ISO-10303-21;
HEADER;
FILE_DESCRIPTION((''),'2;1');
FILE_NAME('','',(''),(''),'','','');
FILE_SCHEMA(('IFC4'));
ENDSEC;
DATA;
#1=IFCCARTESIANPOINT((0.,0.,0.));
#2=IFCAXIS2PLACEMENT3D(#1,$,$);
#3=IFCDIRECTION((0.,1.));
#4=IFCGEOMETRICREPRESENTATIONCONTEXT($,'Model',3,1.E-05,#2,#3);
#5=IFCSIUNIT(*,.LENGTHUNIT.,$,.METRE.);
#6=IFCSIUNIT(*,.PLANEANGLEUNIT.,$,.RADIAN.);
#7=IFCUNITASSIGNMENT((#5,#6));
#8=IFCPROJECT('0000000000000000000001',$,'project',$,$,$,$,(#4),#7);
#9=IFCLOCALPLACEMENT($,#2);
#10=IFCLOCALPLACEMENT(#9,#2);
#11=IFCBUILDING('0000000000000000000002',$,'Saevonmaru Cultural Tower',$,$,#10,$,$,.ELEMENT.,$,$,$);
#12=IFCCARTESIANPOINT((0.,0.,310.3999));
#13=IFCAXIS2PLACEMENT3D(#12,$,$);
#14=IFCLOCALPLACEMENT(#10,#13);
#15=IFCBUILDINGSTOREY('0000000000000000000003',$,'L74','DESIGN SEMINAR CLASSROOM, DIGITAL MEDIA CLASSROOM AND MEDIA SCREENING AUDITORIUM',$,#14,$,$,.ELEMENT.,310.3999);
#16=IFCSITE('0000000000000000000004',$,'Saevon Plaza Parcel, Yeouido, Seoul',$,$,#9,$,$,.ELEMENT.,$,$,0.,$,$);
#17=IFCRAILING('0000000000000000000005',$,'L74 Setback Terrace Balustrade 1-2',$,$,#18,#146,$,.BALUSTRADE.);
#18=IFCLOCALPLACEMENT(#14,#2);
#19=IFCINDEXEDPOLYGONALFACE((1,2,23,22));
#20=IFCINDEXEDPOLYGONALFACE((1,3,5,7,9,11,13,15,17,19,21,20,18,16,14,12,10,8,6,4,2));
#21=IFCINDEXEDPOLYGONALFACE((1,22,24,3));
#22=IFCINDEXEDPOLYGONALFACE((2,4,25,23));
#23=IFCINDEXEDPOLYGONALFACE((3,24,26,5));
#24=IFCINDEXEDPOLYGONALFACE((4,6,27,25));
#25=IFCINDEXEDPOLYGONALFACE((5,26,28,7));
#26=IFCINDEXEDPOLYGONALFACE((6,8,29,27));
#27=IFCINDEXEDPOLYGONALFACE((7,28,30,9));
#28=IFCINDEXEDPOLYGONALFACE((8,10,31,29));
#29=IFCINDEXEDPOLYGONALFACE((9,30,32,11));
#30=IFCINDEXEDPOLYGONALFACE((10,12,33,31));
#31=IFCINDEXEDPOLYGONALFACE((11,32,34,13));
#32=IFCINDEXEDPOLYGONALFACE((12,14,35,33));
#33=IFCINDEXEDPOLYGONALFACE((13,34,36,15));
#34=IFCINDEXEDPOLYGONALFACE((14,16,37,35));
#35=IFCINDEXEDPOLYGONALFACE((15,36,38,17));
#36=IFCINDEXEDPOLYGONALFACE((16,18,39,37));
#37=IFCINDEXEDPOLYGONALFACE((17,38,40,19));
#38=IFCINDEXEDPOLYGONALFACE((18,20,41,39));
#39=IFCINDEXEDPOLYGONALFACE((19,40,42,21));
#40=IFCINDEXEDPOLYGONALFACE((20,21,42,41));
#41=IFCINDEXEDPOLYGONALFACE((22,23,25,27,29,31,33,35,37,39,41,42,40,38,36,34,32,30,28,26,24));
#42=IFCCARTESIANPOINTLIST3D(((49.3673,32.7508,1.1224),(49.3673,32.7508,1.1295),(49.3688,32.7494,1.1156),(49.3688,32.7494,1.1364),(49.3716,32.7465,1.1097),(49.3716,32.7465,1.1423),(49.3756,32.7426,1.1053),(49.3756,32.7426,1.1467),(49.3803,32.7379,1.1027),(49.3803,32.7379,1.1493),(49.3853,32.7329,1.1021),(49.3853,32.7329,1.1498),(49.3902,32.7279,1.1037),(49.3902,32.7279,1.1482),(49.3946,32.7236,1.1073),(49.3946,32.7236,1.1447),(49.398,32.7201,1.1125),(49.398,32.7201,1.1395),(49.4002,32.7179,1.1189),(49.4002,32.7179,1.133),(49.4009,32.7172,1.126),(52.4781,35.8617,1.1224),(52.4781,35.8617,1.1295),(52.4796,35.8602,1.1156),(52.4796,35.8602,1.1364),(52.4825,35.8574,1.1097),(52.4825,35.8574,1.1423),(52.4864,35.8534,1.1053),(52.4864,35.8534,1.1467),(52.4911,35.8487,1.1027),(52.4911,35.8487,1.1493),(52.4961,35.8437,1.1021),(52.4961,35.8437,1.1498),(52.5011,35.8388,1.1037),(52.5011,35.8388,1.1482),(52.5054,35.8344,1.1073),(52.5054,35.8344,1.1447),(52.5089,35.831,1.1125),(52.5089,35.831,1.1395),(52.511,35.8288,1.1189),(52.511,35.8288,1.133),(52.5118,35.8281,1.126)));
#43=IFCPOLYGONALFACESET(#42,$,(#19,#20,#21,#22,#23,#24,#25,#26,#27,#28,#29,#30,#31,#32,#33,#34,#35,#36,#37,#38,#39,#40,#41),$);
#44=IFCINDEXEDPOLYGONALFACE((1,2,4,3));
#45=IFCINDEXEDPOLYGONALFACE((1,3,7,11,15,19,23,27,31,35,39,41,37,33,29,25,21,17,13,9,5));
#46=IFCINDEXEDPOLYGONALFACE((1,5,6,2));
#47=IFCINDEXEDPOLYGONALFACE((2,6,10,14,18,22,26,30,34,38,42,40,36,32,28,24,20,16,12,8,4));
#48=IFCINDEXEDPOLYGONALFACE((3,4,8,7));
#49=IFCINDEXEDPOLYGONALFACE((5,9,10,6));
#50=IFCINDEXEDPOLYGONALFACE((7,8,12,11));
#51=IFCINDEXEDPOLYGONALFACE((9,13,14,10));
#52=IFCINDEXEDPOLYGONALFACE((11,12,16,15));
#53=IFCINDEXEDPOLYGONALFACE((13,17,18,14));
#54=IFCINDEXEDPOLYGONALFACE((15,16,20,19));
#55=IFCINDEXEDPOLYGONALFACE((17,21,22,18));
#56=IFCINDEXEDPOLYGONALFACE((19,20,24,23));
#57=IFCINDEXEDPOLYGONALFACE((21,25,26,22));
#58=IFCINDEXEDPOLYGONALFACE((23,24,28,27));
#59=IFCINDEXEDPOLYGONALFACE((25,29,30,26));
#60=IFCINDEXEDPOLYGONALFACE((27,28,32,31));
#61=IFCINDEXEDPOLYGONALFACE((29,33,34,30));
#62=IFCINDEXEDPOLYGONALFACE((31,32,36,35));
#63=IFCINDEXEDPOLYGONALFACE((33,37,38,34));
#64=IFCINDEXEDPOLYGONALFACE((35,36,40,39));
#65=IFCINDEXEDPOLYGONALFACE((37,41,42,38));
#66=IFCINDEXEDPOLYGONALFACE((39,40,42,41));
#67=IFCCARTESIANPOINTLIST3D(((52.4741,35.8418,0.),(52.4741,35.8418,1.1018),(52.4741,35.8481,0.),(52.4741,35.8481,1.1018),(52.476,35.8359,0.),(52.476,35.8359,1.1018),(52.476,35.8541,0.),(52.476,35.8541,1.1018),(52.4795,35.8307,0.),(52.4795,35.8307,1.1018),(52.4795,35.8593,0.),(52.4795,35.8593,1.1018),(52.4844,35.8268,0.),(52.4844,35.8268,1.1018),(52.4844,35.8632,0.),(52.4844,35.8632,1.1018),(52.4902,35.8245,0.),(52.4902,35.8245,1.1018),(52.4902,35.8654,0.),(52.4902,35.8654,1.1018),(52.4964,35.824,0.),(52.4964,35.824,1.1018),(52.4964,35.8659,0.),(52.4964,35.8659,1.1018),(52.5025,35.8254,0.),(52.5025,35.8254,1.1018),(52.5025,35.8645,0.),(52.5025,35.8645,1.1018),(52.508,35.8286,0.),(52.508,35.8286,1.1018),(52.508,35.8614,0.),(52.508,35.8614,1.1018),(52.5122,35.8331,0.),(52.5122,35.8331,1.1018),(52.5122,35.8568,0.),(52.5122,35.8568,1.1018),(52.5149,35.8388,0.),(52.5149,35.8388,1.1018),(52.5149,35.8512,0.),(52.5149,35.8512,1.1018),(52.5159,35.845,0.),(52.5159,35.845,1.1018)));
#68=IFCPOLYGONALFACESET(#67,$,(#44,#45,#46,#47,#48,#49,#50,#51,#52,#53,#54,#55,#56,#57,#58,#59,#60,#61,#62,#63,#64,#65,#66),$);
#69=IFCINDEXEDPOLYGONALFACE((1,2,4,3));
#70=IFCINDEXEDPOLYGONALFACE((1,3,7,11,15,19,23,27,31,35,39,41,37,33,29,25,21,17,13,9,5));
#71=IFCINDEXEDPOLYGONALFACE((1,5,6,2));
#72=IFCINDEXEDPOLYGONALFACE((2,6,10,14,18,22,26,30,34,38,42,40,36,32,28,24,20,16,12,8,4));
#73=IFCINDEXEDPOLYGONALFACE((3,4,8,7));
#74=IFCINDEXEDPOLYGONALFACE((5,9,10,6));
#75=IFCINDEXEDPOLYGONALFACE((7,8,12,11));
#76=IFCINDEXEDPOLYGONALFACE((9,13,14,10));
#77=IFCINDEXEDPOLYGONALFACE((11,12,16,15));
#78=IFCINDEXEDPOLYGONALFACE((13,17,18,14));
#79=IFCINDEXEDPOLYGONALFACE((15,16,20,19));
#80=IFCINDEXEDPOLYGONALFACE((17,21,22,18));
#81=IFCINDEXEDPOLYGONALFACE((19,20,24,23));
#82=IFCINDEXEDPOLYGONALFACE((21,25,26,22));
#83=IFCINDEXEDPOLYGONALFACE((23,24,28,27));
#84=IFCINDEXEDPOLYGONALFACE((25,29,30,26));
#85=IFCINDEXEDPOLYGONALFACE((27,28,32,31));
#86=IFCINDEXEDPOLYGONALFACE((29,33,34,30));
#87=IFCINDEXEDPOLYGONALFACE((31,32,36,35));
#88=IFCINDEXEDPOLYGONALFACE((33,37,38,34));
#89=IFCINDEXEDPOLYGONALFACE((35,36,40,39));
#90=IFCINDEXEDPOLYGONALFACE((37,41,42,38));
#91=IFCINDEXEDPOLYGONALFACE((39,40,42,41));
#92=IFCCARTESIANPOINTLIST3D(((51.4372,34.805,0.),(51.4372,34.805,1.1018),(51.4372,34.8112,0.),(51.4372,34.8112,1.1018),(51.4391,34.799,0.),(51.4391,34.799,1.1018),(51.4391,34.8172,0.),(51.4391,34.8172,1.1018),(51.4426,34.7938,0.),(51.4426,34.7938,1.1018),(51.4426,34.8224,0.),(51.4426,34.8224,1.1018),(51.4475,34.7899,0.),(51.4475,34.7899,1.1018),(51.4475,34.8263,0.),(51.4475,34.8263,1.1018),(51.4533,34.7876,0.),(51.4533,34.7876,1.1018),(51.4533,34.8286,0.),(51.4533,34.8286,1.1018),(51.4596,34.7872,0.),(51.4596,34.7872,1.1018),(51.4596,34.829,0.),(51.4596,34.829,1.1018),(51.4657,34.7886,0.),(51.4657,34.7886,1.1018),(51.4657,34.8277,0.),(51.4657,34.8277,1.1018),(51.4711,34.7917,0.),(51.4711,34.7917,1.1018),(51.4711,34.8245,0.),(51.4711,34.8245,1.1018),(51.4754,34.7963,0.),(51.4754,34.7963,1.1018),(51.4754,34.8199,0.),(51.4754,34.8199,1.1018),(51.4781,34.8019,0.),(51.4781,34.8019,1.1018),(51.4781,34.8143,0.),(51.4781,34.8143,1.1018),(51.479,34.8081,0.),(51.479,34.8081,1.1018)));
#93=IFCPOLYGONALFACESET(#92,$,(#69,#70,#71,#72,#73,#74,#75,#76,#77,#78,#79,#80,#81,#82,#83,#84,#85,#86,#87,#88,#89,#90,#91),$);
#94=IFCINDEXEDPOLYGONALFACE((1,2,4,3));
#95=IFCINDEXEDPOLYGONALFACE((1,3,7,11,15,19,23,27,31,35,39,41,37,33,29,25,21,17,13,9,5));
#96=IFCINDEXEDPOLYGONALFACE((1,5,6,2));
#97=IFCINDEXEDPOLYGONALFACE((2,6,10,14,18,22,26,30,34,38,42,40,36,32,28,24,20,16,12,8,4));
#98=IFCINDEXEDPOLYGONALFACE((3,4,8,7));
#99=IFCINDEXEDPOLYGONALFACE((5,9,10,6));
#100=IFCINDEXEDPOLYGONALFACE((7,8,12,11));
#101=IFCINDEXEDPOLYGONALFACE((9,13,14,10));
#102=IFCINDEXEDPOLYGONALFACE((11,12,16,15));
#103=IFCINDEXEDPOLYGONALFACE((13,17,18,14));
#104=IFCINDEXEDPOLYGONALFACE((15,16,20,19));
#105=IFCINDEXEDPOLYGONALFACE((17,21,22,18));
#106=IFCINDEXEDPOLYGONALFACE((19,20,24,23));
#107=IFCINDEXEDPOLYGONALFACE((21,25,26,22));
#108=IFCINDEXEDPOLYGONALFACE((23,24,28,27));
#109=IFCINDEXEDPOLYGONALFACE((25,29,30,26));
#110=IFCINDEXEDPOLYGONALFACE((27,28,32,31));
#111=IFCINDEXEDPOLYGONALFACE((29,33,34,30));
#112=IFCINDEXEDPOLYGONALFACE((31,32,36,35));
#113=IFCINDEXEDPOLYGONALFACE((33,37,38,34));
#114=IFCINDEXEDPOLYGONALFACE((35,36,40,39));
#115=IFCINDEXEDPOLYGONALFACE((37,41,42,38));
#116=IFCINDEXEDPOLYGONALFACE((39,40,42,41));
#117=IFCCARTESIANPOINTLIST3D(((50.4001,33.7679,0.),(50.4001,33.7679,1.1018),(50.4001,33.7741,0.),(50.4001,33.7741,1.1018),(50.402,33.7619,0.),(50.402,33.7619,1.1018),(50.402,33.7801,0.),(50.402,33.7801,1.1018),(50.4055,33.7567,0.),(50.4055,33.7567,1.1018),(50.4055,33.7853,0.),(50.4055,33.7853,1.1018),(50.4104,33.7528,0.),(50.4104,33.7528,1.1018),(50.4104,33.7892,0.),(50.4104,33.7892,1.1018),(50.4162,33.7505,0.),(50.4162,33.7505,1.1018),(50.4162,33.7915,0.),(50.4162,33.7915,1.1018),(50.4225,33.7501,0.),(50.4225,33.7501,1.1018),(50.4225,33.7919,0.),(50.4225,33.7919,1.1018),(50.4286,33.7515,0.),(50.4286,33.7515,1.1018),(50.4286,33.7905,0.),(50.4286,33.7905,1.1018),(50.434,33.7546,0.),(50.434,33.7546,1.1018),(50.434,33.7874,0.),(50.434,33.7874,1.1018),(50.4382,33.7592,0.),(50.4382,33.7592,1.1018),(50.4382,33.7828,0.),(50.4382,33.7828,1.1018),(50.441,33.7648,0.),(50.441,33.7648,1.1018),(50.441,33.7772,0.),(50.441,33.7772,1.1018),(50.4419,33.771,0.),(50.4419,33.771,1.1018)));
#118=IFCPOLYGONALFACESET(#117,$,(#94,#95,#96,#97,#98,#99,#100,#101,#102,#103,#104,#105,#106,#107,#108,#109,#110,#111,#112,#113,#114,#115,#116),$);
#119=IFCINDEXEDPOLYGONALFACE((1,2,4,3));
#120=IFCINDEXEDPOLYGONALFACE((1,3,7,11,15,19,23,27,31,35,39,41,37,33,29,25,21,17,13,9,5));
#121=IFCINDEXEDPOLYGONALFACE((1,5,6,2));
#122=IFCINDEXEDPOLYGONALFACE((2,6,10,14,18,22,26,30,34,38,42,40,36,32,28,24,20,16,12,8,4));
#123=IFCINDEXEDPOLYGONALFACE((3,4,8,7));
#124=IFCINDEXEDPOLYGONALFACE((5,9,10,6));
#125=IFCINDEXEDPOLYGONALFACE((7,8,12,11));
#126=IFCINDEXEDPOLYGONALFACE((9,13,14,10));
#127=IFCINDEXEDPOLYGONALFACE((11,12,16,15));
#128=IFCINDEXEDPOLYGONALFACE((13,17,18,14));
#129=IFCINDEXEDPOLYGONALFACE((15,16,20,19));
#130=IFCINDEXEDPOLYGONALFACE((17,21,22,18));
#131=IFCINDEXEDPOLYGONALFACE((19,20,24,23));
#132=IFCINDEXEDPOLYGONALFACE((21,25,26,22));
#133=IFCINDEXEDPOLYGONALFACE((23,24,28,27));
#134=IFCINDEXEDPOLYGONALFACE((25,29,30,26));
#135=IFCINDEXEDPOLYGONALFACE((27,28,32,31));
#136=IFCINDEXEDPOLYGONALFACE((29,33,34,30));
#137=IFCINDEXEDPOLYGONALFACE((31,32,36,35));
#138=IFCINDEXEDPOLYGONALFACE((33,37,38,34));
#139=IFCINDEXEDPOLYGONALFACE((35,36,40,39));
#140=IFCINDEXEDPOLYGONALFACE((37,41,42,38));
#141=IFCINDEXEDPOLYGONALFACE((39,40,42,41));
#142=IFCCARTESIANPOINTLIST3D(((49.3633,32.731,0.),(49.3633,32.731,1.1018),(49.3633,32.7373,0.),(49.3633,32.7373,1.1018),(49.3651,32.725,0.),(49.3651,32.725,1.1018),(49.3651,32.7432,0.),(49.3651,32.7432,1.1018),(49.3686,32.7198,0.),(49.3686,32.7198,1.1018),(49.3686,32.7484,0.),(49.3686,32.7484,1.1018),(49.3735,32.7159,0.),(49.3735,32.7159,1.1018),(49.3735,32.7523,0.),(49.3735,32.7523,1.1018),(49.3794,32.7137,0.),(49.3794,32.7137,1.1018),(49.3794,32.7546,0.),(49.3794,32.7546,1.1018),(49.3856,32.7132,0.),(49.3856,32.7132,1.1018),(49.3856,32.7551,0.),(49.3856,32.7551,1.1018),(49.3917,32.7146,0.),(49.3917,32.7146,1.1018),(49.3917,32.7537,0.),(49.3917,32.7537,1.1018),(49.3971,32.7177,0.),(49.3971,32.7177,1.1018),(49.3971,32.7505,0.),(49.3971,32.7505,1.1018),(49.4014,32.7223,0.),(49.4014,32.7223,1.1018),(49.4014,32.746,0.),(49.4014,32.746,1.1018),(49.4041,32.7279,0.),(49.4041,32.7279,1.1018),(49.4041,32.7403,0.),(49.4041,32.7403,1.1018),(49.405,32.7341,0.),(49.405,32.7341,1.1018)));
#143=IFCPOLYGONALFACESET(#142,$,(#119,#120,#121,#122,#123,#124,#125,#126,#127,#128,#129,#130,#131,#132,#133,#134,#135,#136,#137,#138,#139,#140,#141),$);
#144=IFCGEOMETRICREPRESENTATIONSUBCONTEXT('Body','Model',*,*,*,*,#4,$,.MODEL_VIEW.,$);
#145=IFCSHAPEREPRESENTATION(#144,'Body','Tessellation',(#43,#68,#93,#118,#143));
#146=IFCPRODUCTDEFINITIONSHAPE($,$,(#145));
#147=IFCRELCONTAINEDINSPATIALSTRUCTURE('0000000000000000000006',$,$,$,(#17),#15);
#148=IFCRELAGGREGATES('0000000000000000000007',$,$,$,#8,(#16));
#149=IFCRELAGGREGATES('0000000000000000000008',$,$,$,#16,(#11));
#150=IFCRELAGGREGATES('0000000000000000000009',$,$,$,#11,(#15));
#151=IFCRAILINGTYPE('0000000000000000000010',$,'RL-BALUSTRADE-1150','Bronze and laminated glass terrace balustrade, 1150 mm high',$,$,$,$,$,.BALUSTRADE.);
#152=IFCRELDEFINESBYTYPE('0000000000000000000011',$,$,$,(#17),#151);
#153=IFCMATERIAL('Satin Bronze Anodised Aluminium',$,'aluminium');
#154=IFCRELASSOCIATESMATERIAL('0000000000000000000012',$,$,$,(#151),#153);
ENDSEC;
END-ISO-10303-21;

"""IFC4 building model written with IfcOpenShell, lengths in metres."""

from ifc_helpers import new_model, si_unit, direction, frame, origin, origin_2d, place, context, subcontext, project, spatial, circle, extrude, material, type_object, element, save


model = new_model("IFC4")

# Units and contexts
model_context = context("Model", 3, precision=1e-05, world=origin(), true_north=direction((0.0, 1.0)))
body_context = subcontext(model_context, "Body", "Model", "MODEL_VIEW")
ifc_project = project(units=[si_unit("LENGTHUNIT", "METRE"), si_unit("PLANEANGLEUNIT", "RADIAN")], contexts=[model_context])

# Site, building, storey
site_placement = place(None, origin())
site = spatial("IfcSite", under=ifc_project, at=site_placement, Name="Saevon Plaza Parcel, Yeouido, Seoul", CompositionType="ELEMENT", RefElevation=0.0)
building_placement = place(site_placement, origin())
building = spatial("IfcBuilding", under=site, at=building_placement, Name="Saevonmaru Cultural Tower", CompositionType="ELEMENT")
storey_placement = place(building_placement, frame((0.0, 0.0, 310.3999)))
storey = spatial("IfcBuildingStorey", under=building, at=storey_placement, Name="L74", Description="DESIGN SEMINAR CLASSROOM, DIGITAL MEDIA CLASSROOM AND MEDIA SCREENING AUDITORIUM", CompositionType="ELEMENT", Elevation=310.3999)

# Shared definitions
ifc_material_1 = material(Name="Satin Bronze Anodised Aluminium", Category="aluminium")

# Railing
railing_type_1 = type_object("IfcRailingType", Name="RL-BALUSTRADE-1150", Description="Bronze and laminated glass terrace balustrade, 1150 mm high", PredefinedType="BALUSTRADE", material=ifc_material_1)
railing_1_placement = place(storey_placement, frame((52.4949, 35.845, 0.0)))
element("IfcRailing", 1, at=railing_1_placement, inside=storey, type_object=railing_type_1, Name="L74 Setback Terrace Balustrade 1-2", PredefinedType="BALUSTRADE", context=body_context, shape_type="SweptSolid", body=[
    extrude(circle(Radius=0.0239, at=origin_2d()), frame((0.0, 0.0, 1.126), z_axis=(-0.707107, -0.707107, 0.0), x_axis=(0.707107, -0.707107, 0.0)), (0.0, 0.0, 1.0), 4.3994),
    extrude(circle(Radius=0.021, at=origin_2d()), origin(), (0.0, 0.0, 1.0), 1.1018),
    extrude(circle(Radius=0.021, at=origin_2d()), frame((-1.0369, -1.0369, 0.0)), (0.0, 0.0, 1.0), 1.1018),
    extrude(circle(Radius=0.021, at=origin_2d()), frame((-2.074, -2.074, 0.0)), (0.0, 0.0, 1.0), 1.1018),
    extrude(circle(Radius=0.021, at=origin_2d()), frame((-3.1108, -3.1108, 0.0)), (0.0, 0.0, 1.0), 1.1018),
])

save(model, "model.ifc")
